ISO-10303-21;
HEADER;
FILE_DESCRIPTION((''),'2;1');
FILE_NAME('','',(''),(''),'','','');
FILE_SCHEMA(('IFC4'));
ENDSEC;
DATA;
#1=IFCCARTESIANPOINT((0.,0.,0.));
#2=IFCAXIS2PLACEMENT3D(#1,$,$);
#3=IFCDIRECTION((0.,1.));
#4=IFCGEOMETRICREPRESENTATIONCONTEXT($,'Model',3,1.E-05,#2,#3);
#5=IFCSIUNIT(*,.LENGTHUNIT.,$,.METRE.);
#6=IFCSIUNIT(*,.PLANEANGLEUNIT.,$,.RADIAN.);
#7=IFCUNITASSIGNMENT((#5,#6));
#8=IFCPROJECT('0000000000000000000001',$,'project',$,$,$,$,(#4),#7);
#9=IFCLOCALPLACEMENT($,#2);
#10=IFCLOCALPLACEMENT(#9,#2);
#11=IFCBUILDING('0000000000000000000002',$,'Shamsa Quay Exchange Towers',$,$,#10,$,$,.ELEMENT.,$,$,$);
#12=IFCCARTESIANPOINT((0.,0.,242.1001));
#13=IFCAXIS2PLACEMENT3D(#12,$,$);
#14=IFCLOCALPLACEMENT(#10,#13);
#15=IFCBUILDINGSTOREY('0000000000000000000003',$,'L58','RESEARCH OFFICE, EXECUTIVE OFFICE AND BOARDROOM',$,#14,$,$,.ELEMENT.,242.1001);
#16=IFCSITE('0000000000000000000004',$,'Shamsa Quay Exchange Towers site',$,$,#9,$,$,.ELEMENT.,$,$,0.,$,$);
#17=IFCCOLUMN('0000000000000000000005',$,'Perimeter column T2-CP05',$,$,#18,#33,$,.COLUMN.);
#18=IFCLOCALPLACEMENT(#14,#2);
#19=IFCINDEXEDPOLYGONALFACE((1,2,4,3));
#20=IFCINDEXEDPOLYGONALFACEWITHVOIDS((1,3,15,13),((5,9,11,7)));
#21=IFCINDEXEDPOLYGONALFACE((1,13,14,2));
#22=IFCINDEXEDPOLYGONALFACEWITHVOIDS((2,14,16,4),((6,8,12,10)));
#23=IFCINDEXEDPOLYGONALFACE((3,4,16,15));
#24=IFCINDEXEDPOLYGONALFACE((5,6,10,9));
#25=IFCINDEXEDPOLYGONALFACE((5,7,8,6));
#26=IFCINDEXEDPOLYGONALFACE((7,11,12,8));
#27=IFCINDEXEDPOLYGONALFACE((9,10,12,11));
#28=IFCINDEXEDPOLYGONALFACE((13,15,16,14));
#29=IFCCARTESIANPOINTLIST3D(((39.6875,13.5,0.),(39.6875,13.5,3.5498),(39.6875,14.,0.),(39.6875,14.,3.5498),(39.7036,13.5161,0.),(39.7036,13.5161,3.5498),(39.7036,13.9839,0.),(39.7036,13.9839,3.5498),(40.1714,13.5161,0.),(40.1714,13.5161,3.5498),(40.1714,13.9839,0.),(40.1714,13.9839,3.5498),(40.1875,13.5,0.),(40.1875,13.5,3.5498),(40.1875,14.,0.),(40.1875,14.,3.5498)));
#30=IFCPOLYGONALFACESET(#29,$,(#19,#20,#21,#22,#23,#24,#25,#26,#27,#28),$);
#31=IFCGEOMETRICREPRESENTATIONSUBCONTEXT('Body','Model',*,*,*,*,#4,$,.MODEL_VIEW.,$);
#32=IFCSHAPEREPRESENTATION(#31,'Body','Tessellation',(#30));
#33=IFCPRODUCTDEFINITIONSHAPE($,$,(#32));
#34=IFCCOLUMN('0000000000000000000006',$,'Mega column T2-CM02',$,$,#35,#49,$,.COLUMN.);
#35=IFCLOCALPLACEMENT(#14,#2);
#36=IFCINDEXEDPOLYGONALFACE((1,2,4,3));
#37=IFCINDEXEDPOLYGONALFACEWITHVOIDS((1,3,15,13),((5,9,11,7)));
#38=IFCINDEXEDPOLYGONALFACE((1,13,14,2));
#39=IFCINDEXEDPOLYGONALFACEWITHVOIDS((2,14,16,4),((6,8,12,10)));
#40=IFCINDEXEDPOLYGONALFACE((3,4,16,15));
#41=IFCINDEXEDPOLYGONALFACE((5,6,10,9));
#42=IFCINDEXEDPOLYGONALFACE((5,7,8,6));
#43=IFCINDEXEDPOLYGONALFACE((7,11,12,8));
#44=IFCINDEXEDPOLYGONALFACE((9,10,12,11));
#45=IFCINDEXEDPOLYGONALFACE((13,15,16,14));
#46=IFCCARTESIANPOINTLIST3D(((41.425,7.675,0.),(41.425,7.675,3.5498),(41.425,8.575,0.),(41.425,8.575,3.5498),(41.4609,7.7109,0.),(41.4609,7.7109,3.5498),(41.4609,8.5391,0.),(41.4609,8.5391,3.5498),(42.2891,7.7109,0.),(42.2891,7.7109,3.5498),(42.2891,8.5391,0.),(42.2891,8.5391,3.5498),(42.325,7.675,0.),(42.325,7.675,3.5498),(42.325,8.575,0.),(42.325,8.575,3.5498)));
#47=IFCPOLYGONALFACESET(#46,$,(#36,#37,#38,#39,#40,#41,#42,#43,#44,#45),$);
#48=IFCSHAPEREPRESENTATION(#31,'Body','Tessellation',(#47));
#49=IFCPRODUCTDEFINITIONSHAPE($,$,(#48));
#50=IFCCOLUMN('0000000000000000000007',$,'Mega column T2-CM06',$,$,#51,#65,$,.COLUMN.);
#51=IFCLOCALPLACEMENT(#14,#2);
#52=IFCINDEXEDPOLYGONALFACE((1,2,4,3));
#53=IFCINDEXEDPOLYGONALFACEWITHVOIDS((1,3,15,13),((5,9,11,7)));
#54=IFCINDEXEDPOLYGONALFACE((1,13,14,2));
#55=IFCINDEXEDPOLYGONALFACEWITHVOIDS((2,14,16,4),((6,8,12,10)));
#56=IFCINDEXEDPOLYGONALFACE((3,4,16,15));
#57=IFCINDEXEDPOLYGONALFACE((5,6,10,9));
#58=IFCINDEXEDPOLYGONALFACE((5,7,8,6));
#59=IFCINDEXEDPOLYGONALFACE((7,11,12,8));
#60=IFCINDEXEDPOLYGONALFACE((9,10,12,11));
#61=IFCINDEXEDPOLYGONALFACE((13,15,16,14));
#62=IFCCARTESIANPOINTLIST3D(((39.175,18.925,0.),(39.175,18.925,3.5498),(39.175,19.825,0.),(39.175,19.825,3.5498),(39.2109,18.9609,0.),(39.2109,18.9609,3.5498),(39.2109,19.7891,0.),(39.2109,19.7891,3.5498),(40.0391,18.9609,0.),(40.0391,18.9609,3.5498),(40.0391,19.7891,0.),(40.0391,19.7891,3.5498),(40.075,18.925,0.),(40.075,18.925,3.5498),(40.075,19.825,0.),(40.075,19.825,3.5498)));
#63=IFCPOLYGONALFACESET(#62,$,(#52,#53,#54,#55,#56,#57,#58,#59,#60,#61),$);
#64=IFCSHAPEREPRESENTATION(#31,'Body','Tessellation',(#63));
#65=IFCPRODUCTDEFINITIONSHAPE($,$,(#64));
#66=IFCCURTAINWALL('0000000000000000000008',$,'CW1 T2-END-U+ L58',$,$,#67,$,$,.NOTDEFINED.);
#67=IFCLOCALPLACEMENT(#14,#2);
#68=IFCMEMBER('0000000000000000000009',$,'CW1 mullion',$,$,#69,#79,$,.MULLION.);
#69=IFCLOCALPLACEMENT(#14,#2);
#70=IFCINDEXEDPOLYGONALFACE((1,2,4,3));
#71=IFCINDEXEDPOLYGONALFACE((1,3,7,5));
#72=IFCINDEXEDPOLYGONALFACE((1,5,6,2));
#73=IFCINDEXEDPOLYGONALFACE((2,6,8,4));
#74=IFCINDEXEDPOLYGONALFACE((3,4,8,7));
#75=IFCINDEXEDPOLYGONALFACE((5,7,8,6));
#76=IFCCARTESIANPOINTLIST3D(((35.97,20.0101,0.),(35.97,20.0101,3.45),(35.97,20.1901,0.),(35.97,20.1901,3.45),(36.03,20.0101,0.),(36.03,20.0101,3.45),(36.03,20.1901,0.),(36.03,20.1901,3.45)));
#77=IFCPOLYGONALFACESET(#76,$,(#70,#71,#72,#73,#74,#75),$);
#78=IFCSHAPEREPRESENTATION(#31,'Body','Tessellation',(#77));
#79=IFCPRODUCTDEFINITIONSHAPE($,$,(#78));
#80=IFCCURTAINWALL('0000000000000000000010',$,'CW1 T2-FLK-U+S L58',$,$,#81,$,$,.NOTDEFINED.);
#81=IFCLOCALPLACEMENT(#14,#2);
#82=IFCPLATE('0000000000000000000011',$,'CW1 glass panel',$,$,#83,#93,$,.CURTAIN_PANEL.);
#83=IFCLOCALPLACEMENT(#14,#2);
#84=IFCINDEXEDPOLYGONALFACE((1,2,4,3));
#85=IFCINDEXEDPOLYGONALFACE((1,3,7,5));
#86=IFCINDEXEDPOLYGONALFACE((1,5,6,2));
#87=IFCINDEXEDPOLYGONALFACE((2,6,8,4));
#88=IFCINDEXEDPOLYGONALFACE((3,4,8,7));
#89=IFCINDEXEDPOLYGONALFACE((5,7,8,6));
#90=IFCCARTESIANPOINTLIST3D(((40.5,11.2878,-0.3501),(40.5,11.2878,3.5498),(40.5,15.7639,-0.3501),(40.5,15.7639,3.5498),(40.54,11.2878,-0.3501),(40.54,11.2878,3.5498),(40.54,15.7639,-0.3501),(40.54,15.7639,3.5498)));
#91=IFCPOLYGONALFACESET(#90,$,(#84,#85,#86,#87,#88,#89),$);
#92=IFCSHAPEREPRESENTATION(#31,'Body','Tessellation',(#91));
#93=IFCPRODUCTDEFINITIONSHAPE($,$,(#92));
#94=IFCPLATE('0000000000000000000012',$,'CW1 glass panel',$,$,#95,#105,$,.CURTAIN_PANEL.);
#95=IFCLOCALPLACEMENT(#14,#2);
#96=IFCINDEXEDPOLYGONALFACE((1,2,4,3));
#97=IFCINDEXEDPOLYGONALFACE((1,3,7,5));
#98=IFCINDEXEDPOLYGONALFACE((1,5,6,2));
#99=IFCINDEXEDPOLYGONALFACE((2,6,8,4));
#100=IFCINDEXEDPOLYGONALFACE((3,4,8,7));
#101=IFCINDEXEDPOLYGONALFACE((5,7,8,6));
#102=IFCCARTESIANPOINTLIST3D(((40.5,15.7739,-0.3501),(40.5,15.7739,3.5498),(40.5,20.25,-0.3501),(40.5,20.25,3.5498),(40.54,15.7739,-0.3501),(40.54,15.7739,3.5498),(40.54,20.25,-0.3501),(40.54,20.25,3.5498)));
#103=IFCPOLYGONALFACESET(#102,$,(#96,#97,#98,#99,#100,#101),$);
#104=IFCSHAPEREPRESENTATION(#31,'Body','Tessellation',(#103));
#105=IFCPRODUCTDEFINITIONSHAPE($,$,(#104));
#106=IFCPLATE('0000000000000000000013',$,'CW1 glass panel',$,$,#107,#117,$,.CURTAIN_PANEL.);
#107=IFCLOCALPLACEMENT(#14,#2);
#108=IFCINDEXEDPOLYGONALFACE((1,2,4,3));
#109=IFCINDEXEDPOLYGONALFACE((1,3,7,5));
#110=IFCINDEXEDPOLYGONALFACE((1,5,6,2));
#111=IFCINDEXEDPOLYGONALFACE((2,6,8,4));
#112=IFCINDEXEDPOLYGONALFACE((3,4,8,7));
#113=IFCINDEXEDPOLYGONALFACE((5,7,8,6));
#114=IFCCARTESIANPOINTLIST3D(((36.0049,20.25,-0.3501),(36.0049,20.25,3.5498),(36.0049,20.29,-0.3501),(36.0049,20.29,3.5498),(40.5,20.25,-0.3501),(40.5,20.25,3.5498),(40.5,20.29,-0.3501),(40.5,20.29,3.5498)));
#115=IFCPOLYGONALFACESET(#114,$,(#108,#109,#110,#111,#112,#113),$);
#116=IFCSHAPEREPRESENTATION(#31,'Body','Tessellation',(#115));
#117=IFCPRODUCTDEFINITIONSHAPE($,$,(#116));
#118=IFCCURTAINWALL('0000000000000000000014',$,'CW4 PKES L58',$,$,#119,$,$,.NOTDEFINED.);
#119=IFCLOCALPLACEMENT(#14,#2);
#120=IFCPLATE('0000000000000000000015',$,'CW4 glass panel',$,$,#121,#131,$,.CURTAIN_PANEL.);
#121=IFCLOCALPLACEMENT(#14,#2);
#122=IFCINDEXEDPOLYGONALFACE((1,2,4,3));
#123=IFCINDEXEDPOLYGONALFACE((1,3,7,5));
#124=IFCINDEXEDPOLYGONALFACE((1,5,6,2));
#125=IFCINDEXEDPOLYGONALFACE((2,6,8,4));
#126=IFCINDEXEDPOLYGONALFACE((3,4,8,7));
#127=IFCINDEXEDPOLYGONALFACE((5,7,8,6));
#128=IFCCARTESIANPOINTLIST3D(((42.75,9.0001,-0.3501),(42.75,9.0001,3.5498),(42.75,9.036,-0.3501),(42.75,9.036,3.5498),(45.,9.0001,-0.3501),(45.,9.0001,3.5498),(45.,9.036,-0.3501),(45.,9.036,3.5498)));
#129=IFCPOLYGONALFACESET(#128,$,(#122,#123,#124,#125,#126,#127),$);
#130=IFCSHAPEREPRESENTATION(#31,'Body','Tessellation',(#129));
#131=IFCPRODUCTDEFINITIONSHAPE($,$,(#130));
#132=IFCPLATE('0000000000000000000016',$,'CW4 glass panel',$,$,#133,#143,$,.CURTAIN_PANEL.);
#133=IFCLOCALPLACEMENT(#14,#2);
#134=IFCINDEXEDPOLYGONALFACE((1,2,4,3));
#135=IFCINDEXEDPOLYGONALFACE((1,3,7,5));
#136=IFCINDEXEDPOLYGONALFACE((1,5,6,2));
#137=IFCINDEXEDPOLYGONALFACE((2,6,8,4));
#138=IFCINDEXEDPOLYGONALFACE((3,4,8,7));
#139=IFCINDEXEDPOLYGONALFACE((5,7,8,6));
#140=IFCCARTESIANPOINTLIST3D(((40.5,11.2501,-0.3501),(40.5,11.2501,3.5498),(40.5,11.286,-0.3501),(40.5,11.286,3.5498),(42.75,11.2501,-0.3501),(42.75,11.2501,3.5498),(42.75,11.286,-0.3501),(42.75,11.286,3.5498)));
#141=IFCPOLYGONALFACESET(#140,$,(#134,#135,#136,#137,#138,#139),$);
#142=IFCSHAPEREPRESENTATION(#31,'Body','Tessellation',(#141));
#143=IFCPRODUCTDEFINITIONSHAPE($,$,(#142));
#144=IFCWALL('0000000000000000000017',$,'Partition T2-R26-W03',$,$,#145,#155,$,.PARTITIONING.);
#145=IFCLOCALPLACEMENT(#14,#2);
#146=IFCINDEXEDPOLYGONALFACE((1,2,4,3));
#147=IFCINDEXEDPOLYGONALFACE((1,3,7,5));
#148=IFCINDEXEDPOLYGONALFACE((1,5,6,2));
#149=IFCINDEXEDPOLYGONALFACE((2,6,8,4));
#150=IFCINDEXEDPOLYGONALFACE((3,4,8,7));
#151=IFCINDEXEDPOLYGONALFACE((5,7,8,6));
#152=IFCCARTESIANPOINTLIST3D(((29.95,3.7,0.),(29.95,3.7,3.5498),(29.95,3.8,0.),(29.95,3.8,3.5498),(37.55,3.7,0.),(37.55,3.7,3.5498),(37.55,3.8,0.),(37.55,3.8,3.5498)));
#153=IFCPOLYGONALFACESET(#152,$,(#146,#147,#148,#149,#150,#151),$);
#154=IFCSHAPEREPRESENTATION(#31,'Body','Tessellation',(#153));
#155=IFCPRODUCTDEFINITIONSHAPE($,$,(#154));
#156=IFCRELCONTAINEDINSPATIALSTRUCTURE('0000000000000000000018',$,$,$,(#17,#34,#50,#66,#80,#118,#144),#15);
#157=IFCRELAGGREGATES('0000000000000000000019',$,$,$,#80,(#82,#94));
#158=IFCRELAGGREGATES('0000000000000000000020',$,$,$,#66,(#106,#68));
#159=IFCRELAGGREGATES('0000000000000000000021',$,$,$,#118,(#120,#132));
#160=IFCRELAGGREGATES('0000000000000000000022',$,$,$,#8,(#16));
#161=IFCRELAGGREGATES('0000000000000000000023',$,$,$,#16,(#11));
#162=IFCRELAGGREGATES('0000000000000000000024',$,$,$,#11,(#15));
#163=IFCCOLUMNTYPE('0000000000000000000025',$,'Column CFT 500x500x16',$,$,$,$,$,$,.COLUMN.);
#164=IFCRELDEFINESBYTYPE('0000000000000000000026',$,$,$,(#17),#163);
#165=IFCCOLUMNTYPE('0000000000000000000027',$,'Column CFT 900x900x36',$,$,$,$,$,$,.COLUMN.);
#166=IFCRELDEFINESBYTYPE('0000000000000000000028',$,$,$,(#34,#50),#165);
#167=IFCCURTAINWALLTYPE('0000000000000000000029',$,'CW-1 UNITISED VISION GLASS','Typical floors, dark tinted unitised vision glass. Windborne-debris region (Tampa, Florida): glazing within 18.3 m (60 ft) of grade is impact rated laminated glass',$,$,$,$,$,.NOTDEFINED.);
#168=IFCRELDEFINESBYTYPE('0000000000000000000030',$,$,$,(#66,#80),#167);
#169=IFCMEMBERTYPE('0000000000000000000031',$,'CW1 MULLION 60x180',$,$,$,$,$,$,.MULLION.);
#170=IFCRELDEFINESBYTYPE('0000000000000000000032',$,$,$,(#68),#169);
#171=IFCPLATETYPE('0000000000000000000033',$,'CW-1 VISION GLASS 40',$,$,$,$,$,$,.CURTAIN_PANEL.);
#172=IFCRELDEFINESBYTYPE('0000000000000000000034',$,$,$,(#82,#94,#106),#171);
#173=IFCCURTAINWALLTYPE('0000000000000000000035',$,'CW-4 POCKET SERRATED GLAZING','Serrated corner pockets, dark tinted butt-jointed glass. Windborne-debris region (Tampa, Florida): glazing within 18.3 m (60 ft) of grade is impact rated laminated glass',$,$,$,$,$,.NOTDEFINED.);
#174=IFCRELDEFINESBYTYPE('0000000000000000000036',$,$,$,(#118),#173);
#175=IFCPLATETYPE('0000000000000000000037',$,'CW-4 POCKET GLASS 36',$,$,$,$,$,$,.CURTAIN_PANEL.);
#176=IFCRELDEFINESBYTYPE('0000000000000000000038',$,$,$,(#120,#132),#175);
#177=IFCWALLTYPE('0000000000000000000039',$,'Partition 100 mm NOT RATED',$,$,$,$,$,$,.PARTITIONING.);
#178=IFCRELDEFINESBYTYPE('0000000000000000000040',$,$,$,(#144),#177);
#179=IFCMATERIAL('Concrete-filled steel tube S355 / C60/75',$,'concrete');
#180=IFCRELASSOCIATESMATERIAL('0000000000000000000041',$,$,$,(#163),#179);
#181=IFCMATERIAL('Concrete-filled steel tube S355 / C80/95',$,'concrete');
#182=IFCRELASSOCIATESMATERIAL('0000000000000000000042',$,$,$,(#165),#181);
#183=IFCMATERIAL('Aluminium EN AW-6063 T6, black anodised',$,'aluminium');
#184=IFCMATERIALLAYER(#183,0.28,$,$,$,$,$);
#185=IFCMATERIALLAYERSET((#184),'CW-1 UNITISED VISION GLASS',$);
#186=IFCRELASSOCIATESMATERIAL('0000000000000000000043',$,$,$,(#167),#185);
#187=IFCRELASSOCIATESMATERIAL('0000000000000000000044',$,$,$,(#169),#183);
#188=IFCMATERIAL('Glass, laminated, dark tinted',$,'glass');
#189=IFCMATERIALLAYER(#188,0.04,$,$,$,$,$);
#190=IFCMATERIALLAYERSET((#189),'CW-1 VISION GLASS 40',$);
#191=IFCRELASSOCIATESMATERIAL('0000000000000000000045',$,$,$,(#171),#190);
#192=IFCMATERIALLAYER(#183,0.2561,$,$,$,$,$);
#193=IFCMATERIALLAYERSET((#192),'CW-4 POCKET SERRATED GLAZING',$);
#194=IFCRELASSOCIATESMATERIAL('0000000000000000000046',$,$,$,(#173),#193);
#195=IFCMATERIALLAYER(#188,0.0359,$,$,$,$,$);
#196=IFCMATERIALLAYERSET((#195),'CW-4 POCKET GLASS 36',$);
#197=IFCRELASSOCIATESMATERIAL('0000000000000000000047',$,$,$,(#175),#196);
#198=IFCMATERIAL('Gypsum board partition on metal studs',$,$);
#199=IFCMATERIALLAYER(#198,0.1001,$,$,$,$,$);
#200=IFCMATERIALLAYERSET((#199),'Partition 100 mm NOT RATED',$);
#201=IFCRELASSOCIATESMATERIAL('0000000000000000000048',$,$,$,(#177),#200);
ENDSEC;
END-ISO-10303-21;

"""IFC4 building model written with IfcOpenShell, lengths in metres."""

from ifc_helpers import new_model, si_unit, direction, frame, frame_2d, origin, origin_2d, place, context, subcontext, project, spatial, rectangle, hollow_rectangle, extrude, material, layer, layer_set, material_profile, profile_set, type_object, element, aggregate, save


model = new_model("IFC4")

# Units and contexts
model_context = context("Model", 3, precision=1e-05, world=origin(), true_north=direction((0.0, 1.0)))
body_context = subcontext(model_context, "Body", "Model", "MODEL_VIEW")
ifc_project = project(units=[si_unit("LENGTHUNIT", "METRE"), si_unit("PLANEANGLEUNIT", "RADIAN")], contexts=[model_context])

# Site, building, storey
site_placement = place(None, origin())
site = spatial("IfcSite", under=ifc_project, at=site_placement, Name="Shamsa Quay Exchange Towers site", CompositionType="ELEMENT", RefElevation=0.0)
building_placement = place(site_placement, origin())
building = spatial("IfcBuilding", under=site, at=building_placement, Name="Shamsa Quay Exchange Towers", CompositionType="ELEMENT")
storey_placement = place(building_placement, frame((0.0, 0.0, 242.1001)))
storey = spatial("IfcBuildingStorey", under=building, at=storey_placement, Name="L58", Description="RESEARCH OFFICE, EXECUTIVE OFFICE AND BOARDROOM", CompositionType="ELEMENT", Elevation=242.1001)

# Columns
ifc_material_1 = material(Name="Concrete-filled steel tube S355 / C60/75", Category="concrete")
ifc_material_profile_1 = material_profile(ifc_material_1, hollow_rectangle(XDim=0.5, YDim=0.5, WallThickness=0.0161, at=origin_2d()), Name="CFT 500x500x16")
ifc_profile_set_1 = profile_set([ifc_material_profile_1], Name="Concrete-filled steel tube S355 / C60/75")
column_type_1 = type_object("IfcColumnType", Name="Column CFT 500x500x16", PredefinedType="COLUMN", material=ifc_profile_set_1)
column_placement = place(storey_placement, frame((39.9375, 13.75, 0.0)))
element("IfcColumn", 1, at=column_placement, inside=storey, type_object=column_type_1, Name="Perimeter column T2-CP05", PredefinedType="COLUMN", context=body_context, shape_type="SweptSolid", body=[
    extrude(hollow_rectangle(XDim=0.5, YDim=0.5, WallThickness=0.0161, at=origin_2d()), origin(), (0.0, 0.0, 1.0), 3.5498),
])
ifc_material_2 = material(Name="Concrete-filled steel tube S355 / C80/95", Category="concrete")
ifc_material_profile_2 = material_profile(ifc_material_2, hollow_rectangle(XDim=0.8999, YDim=0.8999, WallThickness=0.0359, at=origin_2d()), Name="CFT 900x900x36")
ifc_profile_set_2 = profile_set([ifc_material_profile_2], Name="Concrete-filled steel tube S355 / C80/95")
column_type_2 = type_object("IfcColumnType", Name="Column CFT 900x900x36", PredefinedType="COLUMN", material=ifc_profile_set_2)
for number, where, name in (
    (2, (41.875, 8.125, 0.0), "Mega column T2-CM02"),
    (3, (39.625, 19.375, 0.0), "Mega column T2-CM06"),
):
    element("IfcColumn", number, at=place(storey_placement, frame(where)), inside=storey, type_object=column_type_2, Name=name, PredefinedType="COLUMN", context=body_context, shape_type="SweptSolid", body=[
        extrude(hollow_rectangle(XDim=0.8999, YDim=0.8999, WallThickness=0.0359, at=origin_2d()), origin(), (0.0, 0.0, 1.0), 3.5498),
    ])

# Curtain wall, member
ifc_material_3 = material(Name="Aluminium EN AW-6063 T6, black anodised", Category="aluminium")
ifc_layer_1 = layer(ifc_material_3, 0.28)
ifc_layer_set_1 = layer_set([ifc_layer_1], Name="CW-1 UNITISED VISION GLASS")
curtain_wall_type_1 = type_object("IfcCurtainWallType", Name="CW-1 UNITISED VISION GLASS", Description="Typical floors, dark tinted unitised vision glass. Windborne-debris region (Tampa, Florida): glazing within 18.3 m (60 ft) of grade is impact rated laminated glass", PredefinedType="NOTDEFINED", material=ifc_layer_set_1)
curtain_wall_1_placement = place(storey_placement, origin())
curtain_wall_1 = element("IfcCurtainWall", 4, at=curtain_wall_1_placement, inside=storey, type_object=curtain_wall_type_1, Name="CW1 T2-END-U+ L58", PredefinedType="NOTDEFINED")
ifc_material_profile_3 = material_profile(ifc_material_3, rectangle(XDim=0.1799, YDim=0.0601, at=origin_2d()), Name="MU60x180")
ifc_profile_set_3 = profile_set([ifc_material_profile_3], Name="Aluminium EN AW-6063 T6, black anodised")
member_type = type_object("IfcMemberType", Name="CW1 MULLION 60x180", PredefinedType="MULLION", material=ifc_profile_set_3)
member_placement = place(storey_placement, frame((36.0, 20.1001, 0.0), z_axis=(0.0, 0.0, 1.0), x_axis=(0.0, -1.0, 0.0)))
member = element("IfcMember", 5, at=member_placement, type_object=member_type, Name="CW1 mullion", PredefinedType="MULLION", context=body_context, shape_type="SweptSolid", body=[
    extrude(rectangle(XDim=0.1799, YDim=0.0601, at=origin_2d()), origin(), (0.0, 0.0, 1.0), 3.45),
])

# Curtain wall, plates
curtain_wall_2_placement = place(storey_placement, origin())
curtain_wall_2 = element("IfcCurtainWall", 6, at=curtain_wall_2_placement, inside=storey, type_object=curtain_wall_type_1, Name="CW1 T2-FLK-U+S L58", PredefinedType="NOTDEFINED")
ifc_material_4 = material(Name="Glass, laminated, dark tinted", Category="glass")
ifc_layer_2 = layer(ifc_material_4, 0.04)
ifc_layer_set_2 = layer_set([ifc_layer_2], Name="CW-1 VISION GLASS 40")
plate_type_1 = type_object("IfcPlateType", Name="CW-1 VISION GLASS 40", PredefinedType="CURTAIN_PANEL", material=ifc_layer_set_2)
plate_1_placement = place(storey_placement, frame((40.52, 13.5259, -0.3501), z_axis=(0.0, 0.0, 1.0), x_axis=(0.0, 1.0, 0.0)))
plate_1 = element("IfcPlate", 7, at=plate_1_placement, type_object=plate_type_1, Name="CW1 glass panel", PredefinedType="CURTAIN_PANEL", context=body_context, shape_type="SweptSolid", body=[
    extrude(rectangle(XDim=4.4761, YDim=0.04, at=origin_2d()), origin(), (0.0, 0.0, 1.0), 3.8999),
])
plate_2_placement = place(storey_placement, frame((40.52, 18.012, -0.3501), z_axis=(0.0, 0.0, 1.0), x_axis=(0.0, 1.0, 0.0)))
plate_2 = element("IfcPlate", 8, at=plate_2_placement, type_object=plate_type_1, Name="CW1 glass panel", PredefinedType="CURTAIN_PANEL", context=body_context, shape_type="SweptSolid", body=[
    extrude(rectangle(XDim=4.4761, YDim=0.04, at=origin_2d()), origin(), (0.0, 0.0, 1.0), 3.8999),
])
aggregate(curtain_wall_2, [plate_1, plate_2])

# Plate
plate_3_placement = place(storey_placement, frame((38.2524, 20.27, -0.3501), z_axis=(0.0, 0.0, 1.0), x_axis=(-1.0, 0.0, 0.0)))
plate_3 = element("IfcPlate", 9, at=plate_3_placement, type_object=plate_type_1, Name="CW1 glass panel", PredefinedType="CURTAIN_PANEL", context=body_context, shape_type="SweptSolid", body=[
    extrude(rectangle(XDim=4.4951, YDim=0.04, at=origin_2d()), origin(), (0.0, 0.0, 1.0), 3.8999),
])
aggregate(curtain_wall_1, [plate_3, member])

# Curtain wall, plates
ifc_layer_3 = layer(ifc_material_3, 0.2561)
ifc_layer_set_3 = layer_set([ifc_layer_3], Name="CW-4 POCKET SERRATED GLAZING")
curtain_wall_type_2 = type_object("IfcCurtainWallType", Name="CW-4 POCKET SERRATED GLAZING", Description="Serrated corner pockets, dark tinted butt-jointed glass. Windborne-debris region (Tampa, Florida): glazing within 18.3 m (60 ft) of grade is impact rated laminated glass", PredefinedType="NOTDEFINED", material=ifc_layer_set_3)
curtain_wall_3_placement = place(storey_placement, origin())
curtain_wall_3 = element("IfcCurtainWall", 10, at=curtain_wall_3_placement, inside=storey, type_object=curtain_wall_type_2, Name="CW4 PKES L58", PredefinedType="NOTDEFINED")
ifc_layer_4 = layer(ifc_material_4, 0.0359)
ifc_layer_set_4 = layer_set([ifc_layer_4], Name="CW-4 POCKET GLASS 36")
plate_type_2 = type_object("IfcPlateType", Name="CW-4 POCKET GLASS 36", PredefinedType="CURTAIN_PANEL", material=ifc_layer_set_4)
plate_4_placement = place(storey_placement, frame((43.875, 9.0181, -0.3501), z_axis=(0.0, 0.0, 1.0), x_axis=(-1.0, 0.0, 0.0)))
plate_4 = element("IfcPlate", 11, at=plate_4_placement, type_object=plate_type_2, Name="CW4 glass panel", PredefinedType="CURTAIN_PANEL", context=body_context, shape_type="SweptSolid", body=[
    extrude(rectangle(XDim=2.25, YDim=0.0359, at=origin_2d()), origin(), (0.0, 0.0, 1.0), 3.8999),
])
plate_5_placement = place(storey_placement, frame((41.625, 11.2681, -0.3501), z_axis=(0.0, 0.0, 1.0), x_axis=(-1.0, 0.0, 0.0)))
plate_5 = element("IfcPlate", 12, at=plate_5_placement, type_object=plate_type_2, Name="CW4 glass panel", PredefinedType="CURTAIN_PANEL", context=body_context, shape_type="SweptSolid", body=[
    extrude(rectangle(XDim=2.25, YDim=0.0359, at=origin_2d()), origin(), (0.0, 0.0, 1.0), 3.8999),
])
aggregate(curtain_wall_3, [plate_4, plate_5])

# Wall
ifc_material_5 = material(Name="Gypsum board partition on metal studs")
ifc_layer_5 = layer(ifc_material_5, 0.1001)
ifc_layer_set_5 = layer_set([ifc_layer_5], Name="Partition 100 mm NOT RATED")
wall_type_1 = type_object("IfcWallType", Name="Partition 100 mm NOT RATED", PredefinedType="PARTITIONING", material=ifc_layer_set_5)
wall_1_placement = place(storey_placement, frame((37.55, 3.75, 0.0), z_axis=(0.0, 0.0, 1.0), x_axis=(-1.0, 0.0, 0.0)))
element("IfcWall", 13, at=wall_1_placement, inside=storey, type_object=wall_type_1, Name="Partition T2-R26-W03", PredefinedType="PARTITIONING", context=body_context, shape_type="SweptSolid", body=[
    extrude(rectangle(XDim=7.6001, YDim=0.1001, at=frame_2d((3.8, 0.0))), origin(), (0.0, 0.0, 1.0), 3.5498),
])

save(model, "model.ifc")
